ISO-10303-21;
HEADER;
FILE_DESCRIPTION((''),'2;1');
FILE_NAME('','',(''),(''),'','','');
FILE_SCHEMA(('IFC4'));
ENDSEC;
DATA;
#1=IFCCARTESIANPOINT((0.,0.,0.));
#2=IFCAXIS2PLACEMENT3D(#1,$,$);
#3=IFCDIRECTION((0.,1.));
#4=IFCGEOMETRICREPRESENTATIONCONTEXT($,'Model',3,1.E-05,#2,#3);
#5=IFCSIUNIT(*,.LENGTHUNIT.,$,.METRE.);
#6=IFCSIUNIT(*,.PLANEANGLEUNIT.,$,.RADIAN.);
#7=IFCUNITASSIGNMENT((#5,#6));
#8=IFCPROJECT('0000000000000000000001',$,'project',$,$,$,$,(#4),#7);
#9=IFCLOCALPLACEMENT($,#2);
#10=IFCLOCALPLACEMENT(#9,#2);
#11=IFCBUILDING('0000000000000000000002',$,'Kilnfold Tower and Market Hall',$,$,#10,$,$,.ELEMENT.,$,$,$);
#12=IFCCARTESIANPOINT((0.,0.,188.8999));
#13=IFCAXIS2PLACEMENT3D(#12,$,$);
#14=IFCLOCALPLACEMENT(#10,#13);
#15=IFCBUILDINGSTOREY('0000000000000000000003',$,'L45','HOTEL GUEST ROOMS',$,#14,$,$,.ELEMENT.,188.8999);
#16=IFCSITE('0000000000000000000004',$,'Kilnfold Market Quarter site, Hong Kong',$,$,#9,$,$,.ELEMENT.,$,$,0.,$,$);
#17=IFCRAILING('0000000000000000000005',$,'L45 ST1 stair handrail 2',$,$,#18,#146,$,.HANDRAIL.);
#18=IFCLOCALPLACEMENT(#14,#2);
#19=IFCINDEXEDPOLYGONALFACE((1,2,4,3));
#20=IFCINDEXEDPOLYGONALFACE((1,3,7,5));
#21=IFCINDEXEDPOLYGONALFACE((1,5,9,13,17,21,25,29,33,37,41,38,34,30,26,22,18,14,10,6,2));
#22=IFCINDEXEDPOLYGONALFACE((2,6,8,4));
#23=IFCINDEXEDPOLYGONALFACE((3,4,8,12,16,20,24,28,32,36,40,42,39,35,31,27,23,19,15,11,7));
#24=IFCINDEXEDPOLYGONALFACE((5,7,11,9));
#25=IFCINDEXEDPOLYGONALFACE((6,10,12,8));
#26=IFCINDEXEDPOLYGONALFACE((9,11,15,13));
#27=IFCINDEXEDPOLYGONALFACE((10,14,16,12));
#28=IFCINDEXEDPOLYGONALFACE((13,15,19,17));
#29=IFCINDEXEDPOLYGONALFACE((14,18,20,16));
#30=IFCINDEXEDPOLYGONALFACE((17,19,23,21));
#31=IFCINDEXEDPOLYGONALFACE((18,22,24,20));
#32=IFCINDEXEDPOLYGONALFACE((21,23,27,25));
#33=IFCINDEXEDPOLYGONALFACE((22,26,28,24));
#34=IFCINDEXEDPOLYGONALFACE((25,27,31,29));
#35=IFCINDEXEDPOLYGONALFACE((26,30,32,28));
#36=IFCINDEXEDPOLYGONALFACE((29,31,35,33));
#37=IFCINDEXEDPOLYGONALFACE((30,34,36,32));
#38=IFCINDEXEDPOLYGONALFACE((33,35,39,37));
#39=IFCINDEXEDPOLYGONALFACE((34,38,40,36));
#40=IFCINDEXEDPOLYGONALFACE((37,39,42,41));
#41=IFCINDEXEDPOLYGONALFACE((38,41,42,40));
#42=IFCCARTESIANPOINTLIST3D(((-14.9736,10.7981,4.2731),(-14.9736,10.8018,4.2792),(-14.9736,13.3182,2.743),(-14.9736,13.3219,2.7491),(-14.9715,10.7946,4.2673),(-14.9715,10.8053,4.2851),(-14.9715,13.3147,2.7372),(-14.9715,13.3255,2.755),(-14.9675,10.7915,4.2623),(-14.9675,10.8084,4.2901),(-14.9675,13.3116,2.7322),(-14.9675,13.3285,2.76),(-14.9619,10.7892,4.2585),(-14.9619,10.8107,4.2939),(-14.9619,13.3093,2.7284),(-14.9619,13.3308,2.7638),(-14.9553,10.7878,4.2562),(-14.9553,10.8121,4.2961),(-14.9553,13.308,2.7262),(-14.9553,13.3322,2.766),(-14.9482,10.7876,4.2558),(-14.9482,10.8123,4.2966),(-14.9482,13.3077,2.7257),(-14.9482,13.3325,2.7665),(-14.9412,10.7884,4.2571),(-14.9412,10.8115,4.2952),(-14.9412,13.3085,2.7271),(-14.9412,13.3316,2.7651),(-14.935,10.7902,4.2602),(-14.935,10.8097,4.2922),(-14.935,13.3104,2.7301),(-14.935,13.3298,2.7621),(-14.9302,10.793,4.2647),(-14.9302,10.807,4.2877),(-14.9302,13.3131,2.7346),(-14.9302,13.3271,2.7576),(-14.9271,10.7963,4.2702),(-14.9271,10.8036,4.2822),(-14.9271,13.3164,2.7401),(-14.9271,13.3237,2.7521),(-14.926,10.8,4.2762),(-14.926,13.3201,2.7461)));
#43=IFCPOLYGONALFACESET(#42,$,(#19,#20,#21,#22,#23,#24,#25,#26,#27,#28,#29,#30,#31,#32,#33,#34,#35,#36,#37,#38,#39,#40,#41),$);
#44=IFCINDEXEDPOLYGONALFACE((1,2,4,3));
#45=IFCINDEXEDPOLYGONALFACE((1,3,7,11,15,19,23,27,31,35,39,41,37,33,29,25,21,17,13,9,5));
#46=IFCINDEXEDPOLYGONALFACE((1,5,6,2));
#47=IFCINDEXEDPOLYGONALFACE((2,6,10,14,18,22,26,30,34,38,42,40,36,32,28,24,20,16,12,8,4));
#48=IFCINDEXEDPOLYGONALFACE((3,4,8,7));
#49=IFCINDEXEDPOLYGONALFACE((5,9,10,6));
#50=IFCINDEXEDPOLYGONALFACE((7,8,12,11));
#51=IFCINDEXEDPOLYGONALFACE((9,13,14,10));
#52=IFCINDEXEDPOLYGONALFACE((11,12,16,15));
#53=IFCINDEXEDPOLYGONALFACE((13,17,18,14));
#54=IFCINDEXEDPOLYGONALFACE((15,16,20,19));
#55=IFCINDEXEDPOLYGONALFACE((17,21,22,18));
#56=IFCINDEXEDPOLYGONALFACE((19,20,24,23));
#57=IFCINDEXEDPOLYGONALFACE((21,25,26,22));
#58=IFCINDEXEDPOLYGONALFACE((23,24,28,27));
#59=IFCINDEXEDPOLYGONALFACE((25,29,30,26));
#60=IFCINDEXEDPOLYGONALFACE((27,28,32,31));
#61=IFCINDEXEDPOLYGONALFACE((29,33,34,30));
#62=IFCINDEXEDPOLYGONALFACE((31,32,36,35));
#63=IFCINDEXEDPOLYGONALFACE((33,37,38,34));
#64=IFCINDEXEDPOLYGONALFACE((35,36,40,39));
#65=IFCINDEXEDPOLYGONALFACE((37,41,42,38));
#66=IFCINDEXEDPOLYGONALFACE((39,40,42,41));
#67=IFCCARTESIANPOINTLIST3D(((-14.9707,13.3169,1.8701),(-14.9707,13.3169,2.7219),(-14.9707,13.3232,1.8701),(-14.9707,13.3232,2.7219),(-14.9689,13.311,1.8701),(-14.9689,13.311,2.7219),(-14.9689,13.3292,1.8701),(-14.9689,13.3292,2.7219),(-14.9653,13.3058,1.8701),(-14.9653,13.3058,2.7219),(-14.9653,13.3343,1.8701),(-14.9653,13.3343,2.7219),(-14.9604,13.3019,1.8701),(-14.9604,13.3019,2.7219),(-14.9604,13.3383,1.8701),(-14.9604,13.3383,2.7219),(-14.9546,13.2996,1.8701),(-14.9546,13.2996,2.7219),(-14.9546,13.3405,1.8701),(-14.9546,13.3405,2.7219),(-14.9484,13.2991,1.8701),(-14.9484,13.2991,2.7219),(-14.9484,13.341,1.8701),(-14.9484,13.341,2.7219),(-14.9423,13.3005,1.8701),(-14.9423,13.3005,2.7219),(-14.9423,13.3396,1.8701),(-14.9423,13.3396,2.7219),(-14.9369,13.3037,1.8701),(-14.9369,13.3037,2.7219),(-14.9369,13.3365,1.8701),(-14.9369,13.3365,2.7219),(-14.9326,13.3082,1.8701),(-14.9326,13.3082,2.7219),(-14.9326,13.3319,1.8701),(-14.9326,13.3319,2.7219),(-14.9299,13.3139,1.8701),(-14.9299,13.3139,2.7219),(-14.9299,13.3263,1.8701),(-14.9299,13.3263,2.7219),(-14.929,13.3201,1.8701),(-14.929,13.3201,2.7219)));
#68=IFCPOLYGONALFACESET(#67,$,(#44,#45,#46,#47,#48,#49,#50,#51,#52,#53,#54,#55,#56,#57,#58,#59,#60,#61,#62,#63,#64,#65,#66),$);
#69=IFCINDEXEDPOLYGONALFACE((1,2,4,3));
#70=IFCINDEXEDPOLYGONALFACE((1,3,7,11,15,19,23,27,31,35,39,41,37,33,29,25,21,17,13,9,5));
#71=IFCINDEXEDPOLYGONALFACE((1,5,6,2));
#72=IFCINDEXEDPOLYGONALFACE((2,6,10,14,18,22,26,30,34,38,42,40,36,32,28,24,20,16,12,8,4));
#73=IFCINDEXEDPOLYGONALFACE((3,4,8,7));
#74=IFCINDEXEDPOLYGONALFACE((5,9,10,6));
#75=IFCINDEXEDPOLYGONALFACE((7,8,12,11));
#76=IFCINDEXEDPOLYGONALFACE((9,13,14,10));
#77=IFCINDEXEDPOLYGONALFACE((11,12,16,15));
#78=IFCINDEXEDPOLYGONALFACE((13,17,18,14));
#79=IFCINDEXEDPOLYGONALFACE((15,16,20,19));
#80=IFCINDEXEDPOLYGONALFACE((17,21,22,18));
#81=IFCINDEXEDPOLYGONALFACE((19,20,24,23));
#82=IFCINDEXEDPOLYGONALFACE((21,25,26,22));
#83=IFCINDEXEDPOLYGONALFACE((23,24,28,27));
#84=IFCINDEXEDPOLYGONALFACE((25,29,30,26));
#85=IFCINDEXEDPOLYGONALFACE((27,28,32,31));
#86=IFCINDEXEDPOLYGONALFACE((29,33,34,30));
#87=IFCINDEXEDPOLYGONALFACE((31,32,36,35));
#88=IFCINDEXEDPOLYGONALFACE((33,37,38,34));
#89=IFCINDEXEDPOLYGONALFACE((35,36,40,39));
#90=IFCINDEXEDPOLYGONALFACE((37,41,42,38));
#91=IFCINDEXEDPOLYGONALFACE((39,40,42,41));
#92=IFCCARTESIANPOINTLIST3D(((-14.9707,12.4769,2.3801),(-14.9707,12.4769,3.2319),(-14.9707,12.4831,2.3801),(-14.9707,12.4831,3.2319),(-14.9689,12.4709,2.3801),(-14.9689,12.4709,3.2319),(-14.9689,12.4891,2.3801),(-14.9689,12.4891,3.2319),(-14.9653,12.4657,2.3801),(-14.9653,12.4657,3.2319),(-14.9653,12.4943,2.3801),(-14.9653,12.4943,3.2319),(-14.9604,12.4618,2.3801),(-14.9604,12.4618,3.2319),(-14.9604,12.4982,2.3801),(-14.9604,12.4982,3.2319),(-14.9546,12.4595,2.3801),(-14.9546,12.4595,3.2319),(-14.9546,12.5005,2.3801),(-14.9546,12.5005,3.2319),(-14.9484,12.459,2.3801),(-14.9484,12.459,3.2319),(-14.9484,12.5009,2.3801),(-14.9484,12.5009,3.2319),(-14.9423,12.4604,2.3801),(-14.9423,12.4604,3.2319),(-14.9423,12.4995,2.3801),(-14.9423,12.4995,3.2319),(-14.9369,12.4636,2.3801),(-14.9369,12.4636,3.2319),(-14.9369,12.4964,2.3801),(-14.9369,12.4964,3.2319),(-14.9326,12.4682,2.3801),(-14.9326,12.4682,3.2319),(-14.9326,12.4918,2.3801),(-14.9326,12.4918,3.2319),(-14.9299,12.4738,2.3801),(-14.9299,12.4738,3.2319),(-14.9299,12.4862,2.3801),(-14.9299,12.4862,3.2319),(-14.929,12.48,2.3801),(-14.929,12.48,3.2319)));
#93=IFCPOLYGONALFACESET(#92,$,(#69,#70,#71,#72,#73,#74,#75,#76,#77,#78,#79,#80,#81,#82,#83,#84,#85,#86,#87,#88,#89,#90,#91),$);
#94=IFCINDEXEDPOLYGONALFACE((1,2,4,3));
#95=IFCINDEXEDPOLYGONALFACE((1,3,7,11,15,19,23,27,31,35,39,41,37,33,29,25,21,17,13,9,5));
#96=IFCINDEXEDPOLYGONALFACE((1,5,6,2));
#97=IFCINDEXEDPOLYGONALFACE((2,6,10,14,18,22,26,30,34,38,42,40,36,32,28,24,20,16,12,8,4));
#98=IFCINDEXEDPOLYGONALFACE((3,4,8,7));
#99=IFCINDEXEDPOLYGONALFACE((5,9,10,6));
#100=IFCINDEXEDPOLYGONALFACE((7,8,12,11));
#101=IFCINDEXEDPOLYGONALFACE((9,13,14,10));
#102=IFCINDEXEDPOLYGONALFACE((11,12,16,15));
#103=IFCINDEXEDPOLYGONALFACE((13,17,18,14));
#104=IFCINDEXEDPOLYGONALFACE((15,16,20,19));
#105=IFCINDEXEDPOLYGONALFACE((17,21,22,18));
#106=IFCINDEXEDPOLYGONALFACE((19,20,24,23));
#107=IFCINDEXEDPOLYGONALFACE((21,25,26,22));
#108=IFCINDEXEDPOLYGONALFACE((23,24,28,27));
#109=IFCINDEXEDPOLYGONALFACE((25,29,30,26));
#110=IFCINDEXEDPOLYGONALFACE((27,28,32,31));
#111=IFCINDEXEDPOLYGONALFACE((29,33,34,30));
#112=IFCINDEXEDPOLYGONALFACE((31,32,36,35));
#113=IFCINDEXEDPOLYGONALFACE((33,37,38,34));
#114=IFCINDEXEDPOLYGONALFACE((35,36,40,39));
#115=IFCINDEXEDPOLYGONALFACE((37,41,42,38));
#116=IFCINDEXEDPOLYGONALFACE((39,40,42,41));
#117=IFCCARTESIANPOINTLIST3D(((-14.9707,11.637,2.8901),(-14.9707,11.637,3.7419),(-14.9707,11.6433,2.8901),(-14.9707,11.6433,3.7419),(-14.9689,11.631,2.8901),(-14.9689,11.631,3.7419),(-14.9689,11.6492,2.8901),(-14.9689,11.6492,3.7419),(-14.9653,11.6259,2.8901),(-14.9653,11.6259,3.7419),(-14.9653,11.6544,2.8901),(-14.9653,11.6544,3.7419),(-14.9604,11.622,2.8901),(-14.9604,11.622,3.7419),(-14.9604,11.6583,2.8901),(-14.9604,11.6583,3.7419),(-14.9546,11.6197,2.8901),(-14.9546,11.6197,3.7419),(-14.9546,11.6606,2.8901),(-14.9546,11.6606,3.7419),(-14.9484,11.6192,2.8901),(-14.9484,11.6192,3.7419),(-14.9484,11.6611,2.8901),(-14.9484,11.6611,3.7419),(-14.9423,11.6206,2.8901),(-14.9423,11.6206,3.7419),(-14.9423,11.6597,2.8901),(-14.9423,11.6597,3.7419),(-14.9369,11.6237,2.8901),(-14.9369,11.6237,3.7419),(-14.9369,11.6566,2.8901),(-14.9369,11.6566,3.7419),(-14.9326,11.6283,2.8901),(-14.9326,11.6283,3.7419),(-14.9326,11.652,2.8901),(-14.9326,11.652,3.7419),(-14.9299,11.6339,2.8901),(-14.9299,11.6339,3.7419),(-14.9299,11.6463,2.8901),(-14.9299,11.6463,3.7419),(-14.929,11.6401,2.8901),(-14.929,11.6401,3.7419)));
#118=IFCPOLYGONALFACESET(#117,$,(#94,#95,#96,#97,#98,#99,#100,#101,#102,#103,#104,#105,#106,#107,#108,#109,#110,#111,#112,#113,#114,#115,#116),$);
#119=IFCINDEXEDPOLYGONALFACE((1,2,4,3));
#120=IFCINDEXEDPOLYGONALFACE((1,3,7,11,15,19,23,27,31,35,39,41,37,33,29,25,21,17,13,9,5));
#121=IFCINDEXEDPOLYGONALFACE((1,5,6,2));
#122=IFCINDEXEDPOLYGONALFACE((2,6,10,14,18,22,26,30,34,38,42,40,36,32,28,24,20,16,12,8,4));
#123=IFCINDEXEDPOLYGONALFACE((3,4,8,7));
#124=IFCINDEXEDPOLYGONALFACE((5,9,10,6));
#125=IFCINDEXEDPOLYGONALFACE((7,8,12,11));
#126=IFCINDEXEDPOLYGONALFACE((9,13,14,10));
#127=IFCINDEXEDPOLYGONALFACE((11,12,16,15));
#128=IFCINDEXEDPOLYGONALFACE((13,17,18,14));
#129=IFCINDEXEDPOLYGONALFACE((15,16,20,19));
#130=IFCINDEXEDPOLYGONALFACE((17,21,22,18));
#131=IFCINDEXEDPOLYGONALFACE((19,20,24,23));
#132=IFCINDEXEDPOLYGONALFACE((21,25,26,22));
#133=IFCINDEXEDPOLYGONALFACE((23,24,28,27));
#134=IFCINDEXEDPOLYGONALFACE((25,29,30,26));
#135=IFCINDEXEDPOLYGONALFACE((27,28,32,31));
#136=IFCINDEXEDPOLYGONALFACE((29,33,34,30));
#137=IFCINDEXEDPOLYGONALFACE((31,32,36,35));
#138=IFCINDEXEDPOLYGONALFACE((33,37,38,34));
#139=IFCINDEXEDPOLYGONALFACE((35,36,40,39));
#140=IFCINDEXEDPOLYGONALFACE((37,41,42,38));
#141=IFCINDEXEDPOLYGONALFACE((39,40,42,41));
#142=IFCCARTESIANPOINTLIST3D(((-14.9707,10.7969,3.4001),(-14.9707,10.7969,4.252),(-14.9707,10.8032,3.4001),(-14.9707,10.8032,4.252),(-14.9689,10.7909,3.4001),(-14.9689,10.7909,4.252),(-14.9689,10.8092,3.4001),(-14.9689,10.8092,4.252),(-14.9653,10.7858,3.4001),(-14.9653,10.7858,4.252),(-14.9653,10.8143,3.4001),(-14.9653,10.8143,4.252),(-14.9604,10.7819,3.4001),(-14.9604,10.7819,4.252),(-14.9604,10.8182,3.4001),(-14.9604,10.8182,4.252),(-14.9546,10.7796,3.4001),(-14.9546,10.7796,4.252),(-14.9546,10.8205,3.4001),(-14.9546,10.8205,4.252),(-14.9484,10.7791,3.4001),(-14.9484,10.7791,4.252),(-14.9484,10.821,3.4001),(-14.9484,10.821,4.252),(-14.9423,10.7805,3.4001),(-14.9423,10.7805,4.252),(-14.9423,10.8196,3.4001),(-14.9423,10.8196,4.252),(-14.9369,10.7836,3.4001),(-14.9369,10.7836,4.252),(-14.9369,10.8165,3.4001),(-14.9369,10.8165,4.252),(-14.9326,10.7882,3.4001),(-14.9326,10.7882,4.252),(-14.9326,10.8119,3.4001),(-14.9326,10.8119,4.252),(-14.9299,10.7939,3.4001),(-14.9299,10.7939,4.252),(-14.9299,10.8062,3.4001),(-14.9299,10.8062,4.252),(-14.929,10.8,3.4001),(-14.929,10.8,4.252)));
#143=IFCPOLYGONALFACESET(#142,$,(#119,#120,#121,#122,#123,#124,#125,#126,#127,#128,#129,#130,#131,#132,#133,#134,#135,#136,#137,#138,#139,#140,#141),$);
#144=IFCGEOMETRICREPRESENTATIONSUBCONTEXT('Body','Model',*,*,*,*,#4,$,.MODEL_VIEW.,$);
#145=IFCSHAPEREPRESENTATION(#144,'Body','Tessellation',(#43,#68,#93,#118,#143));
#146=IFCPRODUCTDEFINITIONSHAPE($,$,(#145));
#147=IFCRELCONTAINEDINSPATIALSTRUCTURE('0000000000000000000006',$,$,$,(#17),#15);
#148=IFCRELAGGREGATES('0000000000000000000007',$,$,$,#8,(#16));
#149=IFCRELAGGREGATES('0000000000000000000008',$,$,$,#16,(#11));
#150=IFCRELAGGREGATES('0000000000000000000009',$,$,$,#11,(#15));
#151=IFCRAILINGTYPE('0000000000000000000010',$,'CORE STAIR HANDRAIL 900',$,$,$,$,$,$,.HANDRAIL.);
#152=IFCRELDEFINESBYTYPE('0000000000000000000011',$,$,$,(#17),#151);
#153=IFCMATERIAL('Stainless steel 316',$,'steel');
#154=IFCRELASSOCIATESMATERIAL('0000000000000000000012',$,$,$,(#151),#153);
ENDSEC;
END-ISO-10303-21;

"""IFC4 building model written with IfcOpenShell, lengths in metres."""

from ifc_helpers import new_model, si_unit, direction, frame, origin, origin_2d, place, context, subcontext, project, spatial, circle, extrude, material, type_object, element, save


model = new_model("IFC4")

# Units and contexts
model_context = context("Model", 3, precision=1e-05, world=origin(), true_north=direction((0.0, 1.0)))
body_context = subcontext(model_context, "Body", "Model", "MODEL_VIEW")
ifc_project = project(units=[si_unit("LENGTHUNIT", "METRE"), si_unit("PLANEANGLEUNIT", "RADIAN")], contexts=[model_context])

# Site, building, storey
site_placement = place(None, origin())
site = spatial("IfcSite", under=ifc_project, at=site_placement, Name="Kilnfold Market Quarter site, Hong Kong", CompositionType="ELEMENT", RefElevation=0.0)
building_placement = place(site_placement, origin())
building = spatial("IfcBuilding", under=site, at=building_placement, Name="Kilnfold Tower and Market Hall", CompositionType="ELEMENT")
storey_placement = place(building_placement, frame((0.0, 0.0, 188.8999)))
storey = spatial("IfcBuildingStorey", under=building, at=storey_placement, Name="L45", Description="HOTEL GUEST ROOMS", CompositionType="ELEMENT", Elevation=188.8999)

# Railing
ifc_material_1 = material(Name="Stainless steel 316", Category="steel")
railing_type_1 = type_object("IfcRailingType", Name="CORE STAIR HANDRAIL 900", PredefinedType="HANDRAIL", material=ifc_material_1)
railing_1_placement = place(storey_placement, frame((-14.95, 13.3201, 1.8701)))
element("IfcRailing", 1, at=railing_1_placement, inside=storey, type_object=railing_type_1, Name="L45 ST1 stair handrail 2", PredefinedType="HANDRAIL", context=body_context, shape_type="SweptSolid", body=[
    extrude(circle(Radius=0.0239, at=origin_2d()), frame((0.0, 0.0, 0.876), z_axis=(0.0, -0.854785, 0.518982), x_axis=(1.0, 0.0, 0.0)), (0.0, 0.0, 1.0), 2.9482),
    extrude(circle(Radius=0.021, at=origin_2d()), origin(), (0.0, 0.0, 1.0), 0.8518),
    extrude(circle(Radius=0.021, at=origin_2d()), frame((0.0, -0.8401, 0.51)), (0.0, 0.0, 1.0), 0.8518),
    extrude(circle(Radius=0.021, at=origin_2d()), frame((0.0, -1.6799, 1.02)), (0.0, 0.0, 1.0), 0.8518),
    extrude(circle(Radius=0.021, at=origin_2d()), frame((0.0, -2.52, 1.53)), (0.0, 0.0, 1.0), 0.8518),
])

save(model, "model.ifc")
